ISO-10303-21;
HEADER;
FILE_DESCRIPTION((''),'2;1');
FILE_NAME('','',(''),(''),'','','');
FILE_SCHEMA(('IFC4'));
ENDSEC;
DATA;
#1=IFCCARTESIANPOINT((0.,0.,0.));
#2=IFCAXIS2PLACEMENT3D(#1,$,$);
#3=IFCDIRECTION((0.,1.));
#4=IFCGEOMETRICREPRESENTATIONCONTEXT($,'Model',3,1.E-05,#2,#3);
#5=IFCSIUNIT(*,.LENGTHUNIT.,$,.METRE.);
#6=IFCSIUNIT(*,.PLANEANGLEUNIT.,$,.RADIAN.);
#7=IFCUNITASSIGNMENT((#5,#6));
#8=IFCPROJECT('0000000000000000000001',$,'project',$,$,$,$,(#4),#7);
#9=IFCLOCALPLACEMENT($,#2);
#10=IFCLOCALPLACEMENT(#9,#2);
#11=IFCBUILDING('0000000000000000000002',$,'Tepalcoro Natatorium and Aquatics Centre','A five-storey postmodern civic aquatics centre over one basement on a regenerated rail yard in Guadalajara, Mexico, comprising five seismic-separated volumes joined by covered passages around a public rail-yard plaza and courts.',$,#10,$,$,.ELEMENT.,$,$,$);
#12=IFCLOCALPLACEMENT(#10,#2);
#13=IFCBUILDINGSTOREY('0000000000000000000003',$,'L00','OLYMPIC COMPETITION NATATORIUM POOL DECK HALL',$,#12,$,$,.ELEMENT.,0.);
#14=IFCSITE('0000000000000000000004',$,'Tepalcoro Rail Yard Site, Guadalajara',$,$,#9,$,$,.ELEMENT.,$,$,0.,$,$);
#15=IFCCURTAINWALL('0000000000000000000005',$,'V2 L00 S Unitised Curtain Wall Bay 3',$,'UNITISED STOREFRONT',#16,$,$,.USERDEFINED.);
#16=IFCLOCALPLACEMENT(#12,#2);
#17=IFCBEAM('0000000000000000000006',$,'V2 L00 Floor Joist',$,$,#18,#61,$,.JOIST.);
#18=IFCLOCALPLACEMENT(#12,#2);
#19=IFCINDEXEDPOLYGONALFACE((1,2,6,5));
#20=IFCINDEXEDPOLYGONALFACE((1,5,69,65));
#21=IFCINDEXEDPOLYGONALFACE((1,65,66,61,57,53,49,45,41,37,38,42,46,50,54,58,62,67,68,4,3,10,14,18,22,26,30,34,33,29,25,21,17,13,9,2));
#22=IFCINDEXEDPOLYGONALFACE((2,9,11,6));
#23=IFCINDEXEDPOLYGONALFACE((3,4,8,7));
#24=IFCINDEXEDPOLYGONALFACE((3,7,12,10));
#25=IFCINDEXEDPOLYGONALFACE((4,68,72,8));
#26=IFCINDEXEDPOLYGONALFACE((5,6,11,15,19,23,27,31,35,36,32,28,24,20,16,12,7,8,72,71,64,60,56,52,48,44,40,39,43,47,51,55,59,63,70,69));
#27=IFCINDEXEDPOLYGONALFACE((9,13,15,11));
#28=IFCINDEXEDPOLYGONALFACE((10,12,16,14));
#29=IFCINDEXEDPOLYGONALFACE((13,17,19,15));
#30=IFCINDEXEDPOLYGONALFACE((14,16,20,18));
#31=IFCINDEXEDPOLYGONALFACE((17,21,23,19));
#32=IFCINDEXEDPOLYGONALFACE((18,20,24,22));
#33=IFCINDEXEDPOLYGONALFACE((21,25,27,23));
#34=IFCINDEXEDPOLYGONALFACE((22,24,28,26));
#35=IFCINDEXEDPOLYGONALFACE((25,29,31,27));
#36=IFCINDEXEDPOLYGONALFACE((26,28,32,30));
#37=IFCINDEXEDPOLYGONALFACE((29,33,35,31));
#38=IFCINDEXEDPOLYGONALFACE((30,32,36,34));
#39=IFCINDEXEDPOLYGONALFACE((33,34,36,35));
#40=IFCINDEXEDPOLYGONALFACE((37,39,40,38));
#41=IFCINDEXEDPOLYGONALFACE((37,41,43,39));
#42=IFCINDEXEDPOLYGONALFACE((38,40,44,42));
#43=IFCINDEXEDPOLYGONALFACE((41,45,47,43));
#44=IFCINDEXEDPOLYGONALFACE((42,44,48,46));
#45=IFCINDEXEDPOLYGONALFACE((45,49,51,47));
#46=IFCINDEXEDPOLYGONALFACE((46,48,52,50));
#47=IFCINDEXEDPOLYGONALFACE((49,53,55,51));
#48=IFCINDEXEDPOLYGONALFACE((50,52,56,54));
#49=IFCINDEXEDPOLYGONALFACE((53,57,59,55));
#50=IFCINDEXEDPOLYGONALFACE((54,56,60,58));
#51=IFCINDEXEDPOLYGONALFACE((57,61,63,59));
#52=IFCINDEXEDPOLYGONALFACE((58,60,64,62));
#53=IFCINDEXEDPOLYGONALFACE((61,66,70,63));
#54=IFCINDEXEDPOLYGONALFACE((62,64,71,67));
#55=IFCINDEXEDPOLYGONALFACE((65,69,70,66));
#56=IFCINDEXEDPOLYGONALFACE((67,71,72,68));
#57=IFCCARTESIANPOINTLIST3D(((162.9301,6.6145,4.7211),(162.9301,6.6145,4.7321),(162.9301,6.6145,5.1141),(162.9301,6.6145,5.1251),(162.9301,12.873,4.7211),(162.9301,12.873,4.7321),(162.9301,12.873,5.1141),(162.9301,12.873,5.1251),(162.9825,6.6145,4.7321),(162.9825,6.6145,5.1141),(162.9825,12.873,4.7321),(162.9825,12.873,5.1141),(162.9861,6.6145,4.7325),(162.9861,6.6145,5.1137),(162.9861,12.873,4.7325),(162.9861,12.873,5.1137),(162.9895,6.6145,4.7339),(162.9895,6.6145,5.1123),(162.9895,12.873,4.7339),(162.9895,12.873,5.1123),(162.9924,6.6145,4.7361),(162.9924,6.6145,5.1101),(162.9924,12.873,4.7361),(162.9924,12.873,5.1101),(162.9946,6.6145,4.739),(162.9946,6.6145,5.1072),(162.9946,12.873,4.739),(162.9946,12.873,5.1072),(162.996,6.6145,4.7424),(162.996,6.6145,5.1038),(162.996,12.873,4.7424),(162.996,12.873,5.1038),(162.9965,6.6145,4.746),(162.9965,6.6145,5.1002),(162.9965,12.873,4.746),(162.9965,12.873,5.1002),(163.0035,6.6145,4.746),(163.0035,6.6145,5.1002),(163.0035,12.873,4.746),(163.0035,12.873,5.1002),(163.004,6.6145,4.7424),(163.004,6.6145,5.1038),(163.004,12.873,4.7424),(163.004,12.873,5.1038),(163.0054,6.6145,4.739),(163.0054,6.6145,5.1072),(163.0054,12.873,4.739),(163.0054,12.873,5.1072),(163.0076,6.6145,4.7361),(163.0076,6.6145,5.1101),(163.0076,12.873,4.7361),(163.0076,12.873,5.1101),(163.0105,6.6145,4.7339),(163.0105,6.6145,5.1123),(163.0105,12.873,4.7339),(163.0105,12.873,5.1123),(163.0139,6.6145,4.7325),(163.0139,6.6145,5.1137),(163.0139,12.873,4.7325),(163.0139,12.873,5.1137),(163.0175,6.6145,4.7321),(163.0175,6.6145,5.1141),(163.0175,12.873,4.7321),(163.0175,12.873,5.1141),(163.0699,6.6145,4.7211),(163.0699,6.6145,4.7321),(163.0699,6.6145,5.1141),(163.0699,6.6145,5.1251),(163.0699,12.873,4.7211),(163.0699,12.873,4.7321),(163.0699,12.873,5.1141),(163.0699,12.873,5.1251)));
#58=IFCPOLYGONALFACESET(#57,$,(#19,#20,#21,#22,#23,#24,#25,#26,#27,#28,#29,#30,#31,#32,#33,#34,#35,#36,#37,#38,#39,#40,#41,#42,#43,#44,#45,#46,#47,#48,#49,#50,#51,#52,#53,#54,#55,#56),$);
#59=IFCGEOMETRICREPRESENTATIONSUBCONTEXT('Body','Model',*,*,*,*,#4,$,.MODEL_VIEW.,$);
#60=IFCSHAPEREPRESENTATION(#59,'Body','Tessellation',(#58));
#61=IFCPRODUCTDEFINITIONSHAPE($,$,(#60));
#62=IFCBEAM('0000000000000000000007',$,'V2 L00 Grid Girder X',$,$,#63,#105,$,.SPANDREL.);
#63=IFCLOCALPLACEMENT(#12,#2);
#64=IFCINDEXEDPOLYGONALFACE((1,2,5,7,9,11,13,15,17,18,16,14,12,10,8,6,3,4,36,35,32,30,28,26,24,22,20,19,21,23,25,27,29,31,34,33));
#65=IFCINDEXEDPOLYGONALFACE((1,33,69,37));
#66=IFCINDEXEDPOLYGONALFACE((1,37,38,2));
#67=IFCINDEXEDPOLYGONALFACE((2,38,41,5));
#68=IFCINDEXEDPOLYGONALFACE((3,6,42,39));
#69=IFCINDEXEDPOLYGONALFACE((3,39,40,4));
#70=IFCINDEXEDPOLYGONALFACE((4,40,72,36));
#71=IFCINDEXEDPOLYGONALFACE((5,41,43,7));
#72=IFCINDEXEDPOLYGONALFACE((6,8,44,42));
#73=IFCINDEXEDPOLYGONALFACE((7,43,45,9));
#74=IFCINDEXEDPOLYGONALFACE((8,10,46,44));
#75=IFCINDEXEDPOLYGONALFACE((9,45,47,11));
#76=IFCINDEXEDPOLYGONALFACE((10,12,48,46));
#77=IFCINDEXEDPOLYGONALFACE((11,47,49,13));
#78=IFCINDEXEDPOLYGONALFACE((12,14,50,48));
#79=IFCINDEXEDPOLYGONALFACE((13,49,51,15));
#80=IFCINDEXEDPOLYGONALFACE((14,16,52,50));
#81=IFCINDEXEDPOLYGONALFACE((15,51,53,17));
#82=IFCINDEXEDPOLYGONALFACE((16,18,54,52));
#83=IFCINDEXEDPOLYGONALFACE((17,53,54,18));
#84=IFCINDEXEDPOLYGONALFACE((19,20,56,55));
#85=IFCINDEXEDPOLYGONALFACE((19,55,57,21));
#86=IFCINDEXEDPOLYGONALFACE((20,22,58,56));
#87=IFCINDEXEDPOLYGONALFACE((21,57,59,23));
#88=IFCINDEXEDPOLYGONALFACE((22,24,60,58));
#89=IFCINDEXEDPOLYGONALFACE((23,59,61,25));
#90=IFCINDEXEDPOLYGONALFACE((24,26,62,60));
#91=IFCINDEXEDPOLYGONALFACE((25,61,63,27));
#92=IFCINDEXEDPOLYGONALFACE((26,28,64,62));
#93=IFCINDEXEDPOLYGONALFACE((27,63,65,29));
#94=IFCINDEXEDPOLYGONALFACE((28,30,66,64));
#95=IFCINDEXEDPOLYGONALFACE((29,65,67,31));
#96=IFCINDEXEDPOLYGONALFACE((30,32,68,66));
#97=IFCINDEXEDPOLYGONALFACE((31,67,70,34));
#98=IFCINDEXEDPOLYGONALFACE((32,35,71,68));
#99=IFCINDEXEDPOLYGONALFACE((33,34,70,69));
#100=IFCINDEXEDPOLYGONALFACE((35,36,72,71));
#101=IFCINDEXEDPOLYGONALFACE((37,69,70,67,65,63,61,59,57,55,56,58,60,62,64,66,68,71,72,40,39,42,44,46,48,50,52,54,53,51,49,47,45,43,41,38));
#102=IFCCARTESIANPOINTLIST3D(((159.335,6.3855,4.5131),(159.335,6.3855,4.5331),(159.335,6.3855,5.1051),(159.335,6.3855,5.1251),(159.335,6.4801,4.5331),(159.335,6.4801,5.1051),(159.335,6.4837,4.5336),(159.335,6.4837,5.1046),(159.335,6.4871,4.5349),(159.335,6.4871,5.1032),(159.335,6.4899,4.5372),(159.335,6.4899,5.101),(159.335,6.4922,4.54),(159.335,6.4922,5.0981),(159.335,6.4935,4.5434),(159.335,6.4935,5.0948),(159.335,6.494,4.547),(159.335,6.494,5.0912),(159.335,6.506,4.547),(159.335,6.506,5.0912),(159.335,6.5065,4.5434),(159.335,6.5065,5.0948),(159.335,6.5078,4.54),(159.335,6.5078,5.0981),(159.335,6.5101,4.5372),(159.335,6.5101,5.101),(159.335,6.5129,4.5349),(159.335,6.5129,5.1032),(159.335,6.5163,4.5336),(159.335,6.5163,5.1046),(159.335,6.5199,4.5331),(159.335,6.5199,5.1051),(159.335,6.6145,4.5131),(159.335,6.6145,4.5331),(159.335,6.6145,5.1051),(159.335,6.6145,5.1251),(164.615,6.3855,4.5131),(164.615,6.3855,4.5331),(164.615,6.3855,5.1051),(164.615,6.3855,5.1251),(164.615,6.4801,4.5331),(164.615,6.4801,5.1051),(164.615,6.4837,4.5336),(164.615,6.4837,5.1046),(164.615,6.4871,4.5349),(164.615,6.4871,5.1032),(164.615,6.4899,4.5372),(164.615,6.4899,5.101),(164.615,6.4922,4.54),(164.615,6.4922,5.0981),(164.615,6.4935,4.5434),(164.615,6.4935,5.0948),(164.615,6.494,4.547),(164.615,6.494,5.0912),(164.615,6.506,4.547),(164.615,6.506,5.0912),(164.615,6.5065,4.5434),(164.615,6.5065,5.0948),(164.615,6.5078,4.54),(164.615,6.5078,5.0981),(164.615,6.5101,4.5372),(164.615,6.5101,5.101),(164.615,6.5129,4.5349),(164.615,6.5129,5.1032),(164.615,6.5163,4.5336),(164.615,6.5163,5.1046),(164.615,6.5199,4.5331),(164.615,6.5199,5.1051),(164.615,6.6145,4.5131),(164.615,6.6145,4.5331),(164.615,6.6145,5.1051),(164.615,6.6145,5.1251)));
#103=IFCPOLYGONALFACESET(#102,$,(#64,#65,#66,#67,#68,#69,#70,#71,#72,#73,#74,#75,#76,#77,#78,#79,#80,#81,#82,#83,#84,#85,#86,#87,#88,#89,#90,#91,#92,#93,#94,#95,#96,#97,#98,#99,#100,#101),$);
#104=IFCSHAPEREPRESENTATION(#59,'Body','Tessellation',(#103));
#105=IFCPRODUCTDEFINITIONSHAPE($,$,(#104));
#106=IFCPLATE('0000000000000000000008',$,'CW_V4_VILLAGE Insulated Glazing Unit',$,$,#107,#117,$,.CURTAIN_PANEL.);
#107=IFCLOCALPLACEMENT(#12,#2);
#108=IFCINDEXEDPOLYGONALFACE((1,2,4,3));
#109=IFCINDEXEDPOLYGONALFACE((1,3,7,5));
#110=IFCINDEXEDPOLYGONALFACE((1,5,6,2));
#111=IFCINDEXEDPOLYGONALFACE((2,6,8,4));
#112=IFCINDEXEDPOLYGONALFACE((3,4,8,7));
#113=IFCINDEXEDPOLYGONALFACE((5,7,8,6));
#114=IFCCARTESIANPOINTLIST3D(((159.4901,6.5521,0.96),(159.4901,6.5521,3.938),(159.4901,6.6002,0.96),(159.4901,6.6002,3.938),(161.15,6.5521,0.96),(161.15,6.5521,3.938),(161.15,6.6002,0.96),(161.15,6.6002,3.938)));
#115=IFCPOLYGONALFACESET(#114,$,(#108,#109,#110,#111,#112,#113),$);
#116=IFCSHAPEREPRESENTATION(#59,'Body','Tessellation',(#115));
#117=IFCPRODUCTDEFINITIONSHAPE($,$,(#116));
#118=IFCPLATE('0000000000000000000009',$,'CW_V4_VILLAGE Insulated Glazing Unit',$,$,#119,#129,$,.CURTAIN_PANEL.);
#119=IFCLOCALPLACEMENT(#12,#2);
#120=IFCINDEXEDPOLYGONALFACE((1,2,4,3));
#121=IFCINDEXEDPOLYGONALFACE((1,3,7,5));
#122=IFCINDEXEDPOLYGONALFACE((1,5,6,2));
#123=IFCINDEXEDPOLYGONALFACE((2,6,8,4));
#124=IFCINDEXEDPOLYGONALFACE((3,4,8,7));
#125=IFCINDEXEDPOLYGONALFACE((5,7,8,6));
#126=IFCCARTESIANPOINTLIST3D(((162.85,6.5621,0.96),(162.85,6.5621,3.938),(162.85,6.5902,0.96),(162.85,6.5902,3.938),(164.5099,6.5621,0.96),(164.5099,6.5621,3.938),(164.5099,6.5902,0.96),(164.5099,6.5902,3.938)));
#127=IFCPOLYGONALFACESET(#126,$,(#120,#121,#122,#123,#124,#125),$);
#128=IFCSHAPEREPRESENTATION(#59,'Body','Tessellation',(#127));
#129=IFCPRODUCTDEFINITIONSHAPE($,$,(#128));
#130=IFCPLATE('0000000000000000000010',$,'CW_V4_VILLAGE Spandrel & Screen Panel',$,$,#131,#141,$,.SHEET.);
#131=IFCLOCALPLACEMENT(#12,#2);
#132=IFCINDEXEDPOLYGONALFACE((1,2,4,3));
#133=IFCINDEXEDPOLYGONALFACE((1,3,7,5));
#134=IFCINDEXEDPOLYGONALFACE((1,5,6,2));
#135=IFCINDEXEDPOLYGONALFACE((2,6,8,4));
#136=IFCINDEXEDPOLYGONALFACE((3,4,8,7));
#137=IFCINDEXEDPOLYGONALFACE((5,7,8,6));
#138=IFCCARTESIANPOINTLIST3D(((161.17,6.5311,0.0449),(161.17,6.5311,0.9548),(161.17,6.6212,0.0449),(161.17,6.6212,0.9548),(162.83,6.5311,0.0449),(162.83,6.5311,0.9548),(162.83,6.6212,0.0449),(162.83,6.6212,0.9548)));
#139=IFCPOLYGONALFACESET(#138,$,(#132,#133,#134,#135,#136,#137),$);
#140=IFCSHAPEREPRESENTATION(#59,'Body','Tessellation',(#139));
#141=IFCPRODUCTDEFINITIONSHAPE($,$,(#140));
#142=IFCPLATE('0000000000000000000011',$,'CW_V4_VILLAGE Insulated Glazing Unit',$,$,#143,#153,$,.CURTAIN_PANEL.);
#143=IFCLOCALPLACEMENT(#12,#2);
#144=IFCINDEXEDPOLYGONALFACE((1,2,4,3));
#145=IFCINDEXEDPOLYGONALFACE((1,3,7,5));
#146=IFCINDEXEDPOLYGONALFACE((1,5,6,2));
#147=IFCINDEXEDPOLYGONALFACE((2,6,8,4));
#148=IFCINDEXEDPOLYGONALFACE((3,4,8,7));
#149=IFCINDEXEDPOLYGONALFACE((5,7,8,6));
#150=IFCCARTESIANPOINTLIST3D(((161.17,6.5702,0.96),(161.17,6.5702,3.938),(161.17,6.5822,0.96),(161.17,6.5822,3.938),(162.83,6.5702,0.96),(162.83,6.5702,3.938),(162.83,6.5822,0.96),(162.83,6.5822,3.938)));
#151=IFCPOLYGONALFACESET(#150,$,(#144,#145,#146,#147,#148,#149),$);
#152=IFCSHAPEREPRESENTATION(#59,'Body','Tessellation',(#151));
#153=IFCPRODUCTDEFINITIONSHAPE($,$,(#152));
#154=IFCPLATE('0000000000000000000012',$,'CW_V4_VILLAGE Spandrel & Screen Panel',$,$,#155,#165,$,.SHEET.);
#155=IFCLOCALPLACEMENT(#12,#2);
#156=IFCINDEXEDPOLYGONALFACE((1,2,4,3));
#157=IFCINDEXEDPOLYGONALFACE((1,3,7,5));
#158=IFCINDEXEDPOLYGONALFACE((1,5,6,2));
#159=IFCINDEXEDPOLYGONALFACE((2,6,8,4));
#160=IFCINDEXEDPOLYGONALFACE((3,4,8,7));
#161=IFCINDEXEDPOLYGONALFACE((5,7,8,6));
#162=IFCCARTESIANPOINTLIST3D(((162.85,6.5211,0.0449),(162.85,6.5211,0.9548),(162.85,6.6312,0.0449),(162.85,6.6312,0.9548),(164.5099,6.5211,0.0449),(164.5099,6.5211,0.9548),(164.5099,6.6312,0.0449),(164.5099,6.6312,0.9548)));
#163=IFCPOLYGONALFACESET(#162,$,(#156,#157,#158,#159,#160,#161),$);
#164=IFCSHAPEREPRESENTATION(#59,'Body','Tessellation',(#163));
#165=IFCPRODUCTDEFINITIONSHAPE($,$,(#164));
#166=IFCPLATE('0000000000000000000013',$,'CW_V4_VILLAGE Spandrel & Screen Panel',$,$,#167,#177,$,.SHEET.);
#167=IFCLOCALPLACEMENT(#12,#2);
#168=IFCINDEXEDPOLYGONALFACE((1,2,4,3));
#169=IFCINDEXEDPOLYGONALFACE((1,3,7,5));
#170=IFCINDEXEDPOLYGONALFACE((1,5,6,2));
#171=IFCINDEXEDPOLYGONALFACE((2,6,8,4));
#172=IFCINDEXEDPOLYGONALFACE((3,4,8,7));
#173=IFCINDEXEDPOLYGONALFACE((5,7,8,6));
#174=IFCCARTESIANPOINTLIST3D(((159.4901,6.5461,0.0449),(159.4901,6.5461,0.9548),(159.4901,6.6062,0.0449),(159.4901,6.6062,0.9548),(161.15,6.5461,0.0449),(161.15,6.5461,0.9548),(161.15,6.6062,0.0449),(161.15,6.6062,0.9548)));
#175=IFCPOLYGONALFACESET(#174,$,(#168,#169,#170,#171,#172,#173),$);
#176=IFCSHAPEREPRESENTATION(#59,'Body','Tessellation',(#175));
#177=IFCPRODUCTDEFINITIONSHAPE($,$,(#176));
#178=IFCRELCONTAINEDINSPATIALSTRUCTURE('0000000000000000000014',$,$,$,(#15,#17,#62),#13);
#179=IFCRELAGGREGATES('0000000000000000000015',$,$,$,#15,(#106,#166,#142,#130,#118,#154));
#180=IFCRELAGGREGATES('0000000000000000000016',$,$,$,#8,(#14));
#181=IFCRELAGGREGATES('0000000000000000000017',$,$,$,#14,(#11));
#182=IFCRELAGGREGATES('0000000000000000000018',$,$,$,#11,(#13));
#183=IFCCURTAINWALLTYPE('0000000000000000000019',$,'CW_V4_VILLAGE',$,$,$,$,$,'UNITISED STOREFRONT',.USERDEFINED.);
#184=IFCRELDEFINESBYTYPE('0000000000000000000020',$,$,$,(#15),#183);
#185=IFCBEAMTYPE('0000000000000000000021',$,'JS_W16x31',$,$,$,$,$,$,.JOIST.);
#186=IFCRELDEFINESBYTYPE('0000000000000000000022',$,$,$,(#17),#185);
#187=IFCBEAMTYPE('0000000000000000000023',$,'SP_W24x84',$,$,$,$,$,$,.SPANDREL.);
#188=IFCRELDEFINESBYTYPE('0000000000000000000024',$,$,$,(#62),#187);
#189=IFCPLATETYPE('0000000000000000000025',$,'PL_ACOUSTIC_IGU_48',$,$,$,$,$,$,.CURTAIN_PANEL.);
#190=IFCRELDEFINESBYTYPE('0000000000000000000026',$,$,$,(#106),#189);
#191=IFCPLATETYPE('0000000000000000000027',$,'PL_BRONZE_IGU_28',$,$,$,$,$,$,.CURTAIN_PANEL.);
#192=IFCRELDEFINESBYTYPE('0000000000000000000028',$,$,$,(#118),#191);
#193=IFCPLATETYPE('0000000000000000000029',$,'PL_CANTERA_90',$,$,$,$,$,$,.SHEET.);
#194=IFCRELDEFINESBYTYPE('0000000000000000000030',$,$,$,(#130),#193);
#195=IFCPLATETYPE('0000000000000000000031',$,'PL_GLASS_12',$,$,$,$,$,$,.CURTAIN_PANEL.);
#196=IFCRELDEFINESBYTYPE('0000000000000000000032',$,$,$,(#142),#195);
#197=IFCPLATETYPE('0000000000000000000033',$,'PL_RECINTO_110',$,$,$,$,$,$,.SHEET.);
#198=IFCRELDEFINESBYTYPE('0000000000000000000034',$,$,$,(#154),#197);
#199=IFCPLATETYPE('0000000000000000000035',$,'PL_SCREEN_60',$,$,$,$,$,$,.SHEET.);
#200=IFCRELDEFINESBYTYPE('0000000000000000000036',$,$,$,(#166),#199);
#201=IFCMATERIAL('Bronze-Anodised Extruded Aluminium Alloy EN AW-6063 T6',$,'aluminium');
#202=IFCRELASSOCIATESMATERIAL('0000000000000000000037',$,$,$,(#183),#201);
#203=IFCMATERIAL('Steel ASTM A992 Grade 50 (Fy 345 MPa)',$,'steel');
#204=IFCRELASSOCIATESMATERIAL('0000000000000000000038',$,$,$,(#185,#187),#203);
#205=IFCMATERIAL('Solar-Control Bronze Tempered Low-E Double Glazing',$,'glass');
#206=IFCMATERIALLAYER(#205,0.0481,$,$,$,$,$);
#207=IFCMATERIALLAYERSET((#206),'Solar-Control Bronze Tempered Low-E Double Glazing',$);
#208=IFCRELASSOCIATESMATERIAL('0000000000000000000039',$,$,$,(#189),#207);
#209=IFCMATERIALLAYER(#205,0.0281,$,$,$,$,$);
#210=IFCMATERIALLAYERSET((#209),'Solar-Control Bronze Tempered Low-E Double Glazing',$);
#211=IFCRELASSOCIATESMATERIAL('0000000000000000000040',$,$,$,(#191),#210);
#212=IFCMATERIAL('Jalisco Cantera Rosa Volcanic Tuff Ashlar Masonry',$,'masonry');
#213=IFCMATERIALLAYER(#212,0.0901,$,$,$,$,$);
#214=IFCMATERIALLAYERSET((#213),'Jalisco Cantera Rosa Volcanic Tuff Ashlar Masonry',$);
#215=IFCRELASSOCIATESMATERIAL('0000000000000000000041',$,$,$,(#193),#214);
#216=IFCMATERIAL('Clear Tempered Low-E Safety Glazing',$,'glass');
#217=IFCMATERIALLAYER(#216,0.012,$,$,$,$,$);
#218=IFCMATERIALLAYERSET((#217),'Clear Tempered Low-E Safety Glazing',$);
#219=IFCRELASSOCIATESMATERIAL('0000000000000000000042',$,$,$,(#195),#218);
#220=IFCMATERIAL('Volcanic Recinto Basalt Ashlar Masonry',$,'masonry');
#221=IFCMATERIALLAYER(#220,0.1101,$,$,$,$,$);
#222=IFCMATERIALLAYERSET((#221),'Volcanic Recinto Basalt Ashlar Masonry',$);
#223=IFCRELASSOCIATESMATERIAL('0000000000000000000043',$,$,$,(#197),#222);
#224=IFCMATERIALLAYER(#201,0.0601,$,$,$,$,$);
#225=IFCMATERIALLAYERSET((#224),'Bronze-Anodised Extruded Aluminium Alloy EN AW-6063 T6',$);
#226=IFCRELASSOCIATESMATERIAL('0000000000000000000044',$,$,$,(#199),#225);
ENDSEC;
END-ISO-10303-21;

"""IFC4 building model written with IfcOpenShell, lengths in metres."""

from ifc_helpers import new_model, si_unit, direction, frame, origin, origin_2d, place, context, subcontext, project, spatial, rectangle, i_section, extrude, material, layer, layer_set, material_profile, profile_set, type_object, element, aggregate, save


model = new_model("IFC4")

# Units and contexts
model_context = context("Model", 3, precision=1e-05, world=origin(), true_north=direction((0.0, 1.0)))
body_context = subcontext(model_context, "Body", "Model", "MODEL_VIEW")
ifc_project = project(units=[si_unit("LENGTHUNIT", "METRE"), si_unit("PLANEANGLEUNIT", "RADIAN")], contexts=[model_context])

# Site, building, storey
site_placement = place(None, origin())
site = spatial("IfcSite", under=ifc_project, at=site_placement, Name="Tepalcoro Rail Yard Site, Guadalajara", CompositionType="ELEMENT", RefElevation=0.0)
building_placement = place(site_placement, origin())
building = spatial("IfcBuilding", under=site, at=building_placement, Name="Tepalcoro Natatorium and Aquatics Centre", Description="A five-storey postmodern civic aquatics centre over one basement on a regenerated rail yard in Guadalajara, Mexico, comprising five seismic-separated volumes joined by covered passages around a public rail-yard plaza and courts.", CompositionType="ELEMENT")
storey_placement = place(building_placement, origin())
storey = spatial("IfcBuildingStorey", under=building, at=storey_placement, Name="L00", Description="OLYMPIC COMPETITION NATATORIUM POOL DECK HALL", CompositionType="ELEMENT", Elevation=0.0)

# Shared definitions
ifc_material_1 = material(Name="Steel ASTM A992 Grade 50 (Fy 345 MPa)", Category="steel")

# Curtain wall
ifc_material_2 = material(Name="Bronze-Anodised Extruded Aluminium Alloy EN AW-6063 T6", Category="aluminium")
curtain_wall_type = type_object("IfcCurtainWallType", Name="CW_V4_VILLAGE", ElementType="UNITISED STOREFRONT", PredefinedType="USERDEFINED", material=ifc_material_2)
curtain_wall_placement = place(storey_placement, origin())
curtain_wall = element("IfcCurtainWall", 1, at=curtain_wall_placement, inside=storey, type_object=curtain_wall_type, Name="V2 L00 S Unitised Curtain Wall Bay 3", ObjectType="UNITISED STOREFRONT", PredefinedType="USERDEFINED")

# Beams
ifc_material_profile_1 = material_profile(ifc_material_1, i_section(OverallWidth=0.1399, OverallDepth=0.4041, WebThickness=0.0071, FlangeThickness=0.011, FilletRadius=0.0139, at=origin_2d()), Name="W16X31")
ifc_profile_set_1 = profile_set([ifc_material_profile_1], Name="Steel ASTM A992 Grade 50 (Fy 345 MPa)")
beam_type_1 = type_object("IfcBeamType", Name="JS_W16x31", PredefinedType="JOIST", material=ifc_profile_set_1)
beam_1_placement = place(storey_placement, frame((163.0, 6.6145, 4.9231), z_axis=(0.0, 1.0, 0.0), x_axis=(-1.0, 0.0, 0.0)))
element("IfcBeam", 2, at=beam_1_placement, inside=storey, type_object=beam_type_1, Name="V2 L00 Floor Joist", PredefinedType="JOIST", context=body_context, shape_type="SweptSolid", body=[
    extrude(i_section(OverallWidth=0.1399, OverallDepth=0.4041, WebThickness=0.0071, FlangeThickness=0.011, FilletRadius=0.0139, at=origin_2d()), origin(), (0.0, 0.0, 1.0), 6.2585),
])
ifc_material_profile_2 = material_profile(ifc_material_1, i_section(OverallWidth=0.229, OverallDepth=0.6121, WebThickness=0.012, FlangeThickness=0.02, FilletRadius=0.0139, at=origin_2d()), Name="W24X84")
ifc_profile_set_2 = profile_set([ifc_material_profile_2], Name="Steel ASTM A992 Grade 50 (Fy 345 MPa)")
beam_type_2 = type_object("IfcBeamType", Name="SP_W24x84", PredefinedType="SPANDREL", material=ifc_profile_set_2)
beam_2_placement = place(storey_placement, frame((159.335, 6.5, 4.8191), z_axis=(1.0, 0.0, 0.0), x_axis=(0.0, 1.0, 0.0)))
element("IfcBeam", 3, at=beam_2_placement, inside=storey, type_object=beam_type_2, Name="V2 L00 Grid Girder X", PredefinedType="SPANDREL", context=body_context, shape_type="SweptSolid", body=[
    extrude(i_section(OverallWidth=0.229, OverallDepth=0.6121, WebThickness=0.012, FlangeThickness=0.02, FilletRadius=0.0139, at=origin_2d()), origin(), (0.0, 0.0, 1.0), 5.28),
])

# Plates
ifc_material_3 = material(Name="Solar-Control Bronze Tempered Low-E Double Glazing", Category="glass")
ifc_layer_1 = layer(ifc_material_3, 0.0481)
ifc_layer_set_1 = layer_set([ifc_layer_1], Name="Solar-Control Bronze Tempered Low-E Double Glazing")
plate_type_1 = type_object("IfcPlateType", Name="PL_ACOUSTIC_IGU_48", PredefinedType="CURTAIN_PANEL", material=ifc_layer_set_1)
plate_1_placement = place(storey_placement, frame((160.3201, 6.5762, 0.96), z_axis=(0.0, 0.0, 1.0), x_axis=(1.0, 0.0, 0.0)))
plate_1 = element("IfcPlate", 4, at=plate_1_placement, type_object=plate_type_1, Name="CW_V4_VILLAGE Insulated Glazing Unit", PredefinedType="CURTAIN_PANEL", context=body_context, shape_type="SweptSolid", body=[
    extrude(rectangle(XDim=1.6599, YDim=0.0481, at=origin_2d()), origin(), (0.0, 0.0, 1.0), 2.978),
])
ifc_layer_2 = layer(ifc_material_3, 0.0281)
ifc_layer_set_2 = layer_set([ifc_layer_2], Name="Solar-Control Bronze Tempered Low-E Double Glazing")
plate_type_2 = type_object("IfcPlateType", Name="PL_BRONZE_IGU_28", PredefinedType="CURTAIN_PANEL", material=ifc_layer_set_2)
plate_2_placement = place(storey_placement, frame((163.6799, 6.5762, 0.96), z_axis=(0.0, 0.0, 1.0), x_axis=(1.0, 0.0, 0.0)))
plate_2 = element("IfcPlate", 5, at=plate_2_placement, type_object=plate_type_2, Name="CW_V4_VILLAGE Insulated Glazing Unit", PredefinedType="CURTAIN_PANEL", context=body_context, shape_type="SweptSolid", body=[
    extrude(rectangle(XDim=1.6599, YDim=0.0281, at=origin_2d()), origin(), (0.0, 0.0, 1.0), 2.978),
])
ifc_material_4 = material(Name="Jalisco Cantera Rosa Volcanic Tuff Ashlar Masonry", Category="masonry")
ifc_layer_3 = layer(ifc_material_4, 0.0901)
ifc_layer_set_3 = layer_set([ifc_layer_3], Name="Jalisco Cantera Rosa Volcanic Tuff Ashlar Masonry")
plate_type_3 = type_object("IfcPlateType", Name="PL_CANTERA_90", PredefinedType="SHEET", material=ifc_layer_set_3)
plate_3_placement = place(storey_placement, frame((162.0, 6.5762, 0.0449), z_axis=(0.0, 0.0, 1.0), x_axis=(1.0, 0.0, 0.0)))
plate_3 = element("IfcPlate", 6, at=plate_3_placement, type_object=plate_type_3, Name="CW_V4_VILLAGE Spandrel & Screen Panel", PredefinedType="SHEET", context=body_context, shape_type="SweptSolid", body=[
    extrude(rectangle(XDim=1.6599, YDim=0.0901, at=origin_2d()), origin(), (0.0, 0.0, 1.0), 0.9099),
])
ifc_material_5 = material(Name="Clear Tempered Low-E Safety Glazing", Category="glass")
ifc_layer_4 = layer(ifc_material_5, 0.012)
ifc_layer_set_4 = layer_set([ifc_layer_4], Name="Clear Tempered Low-E Safety Glazing")
plate_type_4 = type_object("IfcPlateType", Name="PL_GLASS_12", PredefinedType="CURTAIN_PANEL", material=ifc_layer_set_4)
plate_4_placement = place(storey_placement, frame((162.0, 6.5762, 0.96), z_axis=(0.0, 0.0, 1.0), x_axis=(1.0, 0.0, 0.0)))
plate_4 = element("IfcPlate", 7, at=plate_4_placement, type_object=plate_type_4, Name="CW_V4_VILLAGE Insulated Glazing Unit", PredefinedType="CURTAIN_PANEL", context=body_context, shape_type="SweptSolid", body=[
    extrude(rectangle(XDim=1.6599, YDim=0.012, at=origin_2d()), origin(), (0.0, 0.0, 1.0), 2.978),
])
ifc_material_6 = material(Name="Volcanic Recinto Basalt Ashlar Masonry", Category="masonry")
ifc_layer_5 = layer(ifc_material_6, 0.1101)
ifc_layer_set_5 = layer_set([ifc_layer_5], Name="Volcanic Recinto Basalt Ashlar Masonry")
plate_type_5 = type_object("IfcPlateType", Name="PL_RECINTO_110", PredefinedType="SHEET", material=ifc_layer_set_5)
plate_5_placement = place(storey_placement, frame((163.6799, 6.5762, 0.0449), z_axis=(0.0, 0.0, 1.0), x_axis=(1.0, 0.0, 0.0)))
plate_5 = element("IfcPlate", 8, at=plate_5_placement, type_object=plate_type_5, Name="CW_V4_VILLAGE Spandrel & Screen Panel", PredefinedType="SHEET", context=body_context, shape_type="SweptSolid", body=[
    extrude(rectangle(XDim=1.6599, YDim=0.1101, at=origin_2d()), origin(), (0.0, 0.0, 1.0), 0.9099),
])
ifc_layer_6 = layer(ifc_material_2, 0.0601)
ifc_layer_set_6 = layer_set([ifc_layer_6], Name="Bronze-Anodised Extruded Aluminium Alloy EN AW-6063 T6")
plate_type_6 = type_object("IfcPlateType", Name="PL_SCREEN_60", PredefinedType="SHEET", material=ifc_layer_set_6)
plate_6_placement = place(storey_placement, frame((160.3201, 6.5762, 0.0449), z_axis=(0.0, 0.0, 1.0), x_axis=(1.0, 0.0, 0.0)))
plate_6 = element("IfcPlate", 9, at=plate_6_placement, type_object=plate_type_6, Name="CW_V4_VILLAGE Spandrel & Screen Panel", PredefinedType="SHEET", context=body_context, shape_type="SweptSolid", body=[
    extrude(rectangle(XDim=1.6599, YDim=0.0601, at=origin_2d()), origin(), (0.0, 0.0, 1.0), 0.9099),
])
aggregate(curtain_wall, [plate_1, plate_6, plate_4, plate_3, plate_2, plate_5])

save(model, "model.ifc")
